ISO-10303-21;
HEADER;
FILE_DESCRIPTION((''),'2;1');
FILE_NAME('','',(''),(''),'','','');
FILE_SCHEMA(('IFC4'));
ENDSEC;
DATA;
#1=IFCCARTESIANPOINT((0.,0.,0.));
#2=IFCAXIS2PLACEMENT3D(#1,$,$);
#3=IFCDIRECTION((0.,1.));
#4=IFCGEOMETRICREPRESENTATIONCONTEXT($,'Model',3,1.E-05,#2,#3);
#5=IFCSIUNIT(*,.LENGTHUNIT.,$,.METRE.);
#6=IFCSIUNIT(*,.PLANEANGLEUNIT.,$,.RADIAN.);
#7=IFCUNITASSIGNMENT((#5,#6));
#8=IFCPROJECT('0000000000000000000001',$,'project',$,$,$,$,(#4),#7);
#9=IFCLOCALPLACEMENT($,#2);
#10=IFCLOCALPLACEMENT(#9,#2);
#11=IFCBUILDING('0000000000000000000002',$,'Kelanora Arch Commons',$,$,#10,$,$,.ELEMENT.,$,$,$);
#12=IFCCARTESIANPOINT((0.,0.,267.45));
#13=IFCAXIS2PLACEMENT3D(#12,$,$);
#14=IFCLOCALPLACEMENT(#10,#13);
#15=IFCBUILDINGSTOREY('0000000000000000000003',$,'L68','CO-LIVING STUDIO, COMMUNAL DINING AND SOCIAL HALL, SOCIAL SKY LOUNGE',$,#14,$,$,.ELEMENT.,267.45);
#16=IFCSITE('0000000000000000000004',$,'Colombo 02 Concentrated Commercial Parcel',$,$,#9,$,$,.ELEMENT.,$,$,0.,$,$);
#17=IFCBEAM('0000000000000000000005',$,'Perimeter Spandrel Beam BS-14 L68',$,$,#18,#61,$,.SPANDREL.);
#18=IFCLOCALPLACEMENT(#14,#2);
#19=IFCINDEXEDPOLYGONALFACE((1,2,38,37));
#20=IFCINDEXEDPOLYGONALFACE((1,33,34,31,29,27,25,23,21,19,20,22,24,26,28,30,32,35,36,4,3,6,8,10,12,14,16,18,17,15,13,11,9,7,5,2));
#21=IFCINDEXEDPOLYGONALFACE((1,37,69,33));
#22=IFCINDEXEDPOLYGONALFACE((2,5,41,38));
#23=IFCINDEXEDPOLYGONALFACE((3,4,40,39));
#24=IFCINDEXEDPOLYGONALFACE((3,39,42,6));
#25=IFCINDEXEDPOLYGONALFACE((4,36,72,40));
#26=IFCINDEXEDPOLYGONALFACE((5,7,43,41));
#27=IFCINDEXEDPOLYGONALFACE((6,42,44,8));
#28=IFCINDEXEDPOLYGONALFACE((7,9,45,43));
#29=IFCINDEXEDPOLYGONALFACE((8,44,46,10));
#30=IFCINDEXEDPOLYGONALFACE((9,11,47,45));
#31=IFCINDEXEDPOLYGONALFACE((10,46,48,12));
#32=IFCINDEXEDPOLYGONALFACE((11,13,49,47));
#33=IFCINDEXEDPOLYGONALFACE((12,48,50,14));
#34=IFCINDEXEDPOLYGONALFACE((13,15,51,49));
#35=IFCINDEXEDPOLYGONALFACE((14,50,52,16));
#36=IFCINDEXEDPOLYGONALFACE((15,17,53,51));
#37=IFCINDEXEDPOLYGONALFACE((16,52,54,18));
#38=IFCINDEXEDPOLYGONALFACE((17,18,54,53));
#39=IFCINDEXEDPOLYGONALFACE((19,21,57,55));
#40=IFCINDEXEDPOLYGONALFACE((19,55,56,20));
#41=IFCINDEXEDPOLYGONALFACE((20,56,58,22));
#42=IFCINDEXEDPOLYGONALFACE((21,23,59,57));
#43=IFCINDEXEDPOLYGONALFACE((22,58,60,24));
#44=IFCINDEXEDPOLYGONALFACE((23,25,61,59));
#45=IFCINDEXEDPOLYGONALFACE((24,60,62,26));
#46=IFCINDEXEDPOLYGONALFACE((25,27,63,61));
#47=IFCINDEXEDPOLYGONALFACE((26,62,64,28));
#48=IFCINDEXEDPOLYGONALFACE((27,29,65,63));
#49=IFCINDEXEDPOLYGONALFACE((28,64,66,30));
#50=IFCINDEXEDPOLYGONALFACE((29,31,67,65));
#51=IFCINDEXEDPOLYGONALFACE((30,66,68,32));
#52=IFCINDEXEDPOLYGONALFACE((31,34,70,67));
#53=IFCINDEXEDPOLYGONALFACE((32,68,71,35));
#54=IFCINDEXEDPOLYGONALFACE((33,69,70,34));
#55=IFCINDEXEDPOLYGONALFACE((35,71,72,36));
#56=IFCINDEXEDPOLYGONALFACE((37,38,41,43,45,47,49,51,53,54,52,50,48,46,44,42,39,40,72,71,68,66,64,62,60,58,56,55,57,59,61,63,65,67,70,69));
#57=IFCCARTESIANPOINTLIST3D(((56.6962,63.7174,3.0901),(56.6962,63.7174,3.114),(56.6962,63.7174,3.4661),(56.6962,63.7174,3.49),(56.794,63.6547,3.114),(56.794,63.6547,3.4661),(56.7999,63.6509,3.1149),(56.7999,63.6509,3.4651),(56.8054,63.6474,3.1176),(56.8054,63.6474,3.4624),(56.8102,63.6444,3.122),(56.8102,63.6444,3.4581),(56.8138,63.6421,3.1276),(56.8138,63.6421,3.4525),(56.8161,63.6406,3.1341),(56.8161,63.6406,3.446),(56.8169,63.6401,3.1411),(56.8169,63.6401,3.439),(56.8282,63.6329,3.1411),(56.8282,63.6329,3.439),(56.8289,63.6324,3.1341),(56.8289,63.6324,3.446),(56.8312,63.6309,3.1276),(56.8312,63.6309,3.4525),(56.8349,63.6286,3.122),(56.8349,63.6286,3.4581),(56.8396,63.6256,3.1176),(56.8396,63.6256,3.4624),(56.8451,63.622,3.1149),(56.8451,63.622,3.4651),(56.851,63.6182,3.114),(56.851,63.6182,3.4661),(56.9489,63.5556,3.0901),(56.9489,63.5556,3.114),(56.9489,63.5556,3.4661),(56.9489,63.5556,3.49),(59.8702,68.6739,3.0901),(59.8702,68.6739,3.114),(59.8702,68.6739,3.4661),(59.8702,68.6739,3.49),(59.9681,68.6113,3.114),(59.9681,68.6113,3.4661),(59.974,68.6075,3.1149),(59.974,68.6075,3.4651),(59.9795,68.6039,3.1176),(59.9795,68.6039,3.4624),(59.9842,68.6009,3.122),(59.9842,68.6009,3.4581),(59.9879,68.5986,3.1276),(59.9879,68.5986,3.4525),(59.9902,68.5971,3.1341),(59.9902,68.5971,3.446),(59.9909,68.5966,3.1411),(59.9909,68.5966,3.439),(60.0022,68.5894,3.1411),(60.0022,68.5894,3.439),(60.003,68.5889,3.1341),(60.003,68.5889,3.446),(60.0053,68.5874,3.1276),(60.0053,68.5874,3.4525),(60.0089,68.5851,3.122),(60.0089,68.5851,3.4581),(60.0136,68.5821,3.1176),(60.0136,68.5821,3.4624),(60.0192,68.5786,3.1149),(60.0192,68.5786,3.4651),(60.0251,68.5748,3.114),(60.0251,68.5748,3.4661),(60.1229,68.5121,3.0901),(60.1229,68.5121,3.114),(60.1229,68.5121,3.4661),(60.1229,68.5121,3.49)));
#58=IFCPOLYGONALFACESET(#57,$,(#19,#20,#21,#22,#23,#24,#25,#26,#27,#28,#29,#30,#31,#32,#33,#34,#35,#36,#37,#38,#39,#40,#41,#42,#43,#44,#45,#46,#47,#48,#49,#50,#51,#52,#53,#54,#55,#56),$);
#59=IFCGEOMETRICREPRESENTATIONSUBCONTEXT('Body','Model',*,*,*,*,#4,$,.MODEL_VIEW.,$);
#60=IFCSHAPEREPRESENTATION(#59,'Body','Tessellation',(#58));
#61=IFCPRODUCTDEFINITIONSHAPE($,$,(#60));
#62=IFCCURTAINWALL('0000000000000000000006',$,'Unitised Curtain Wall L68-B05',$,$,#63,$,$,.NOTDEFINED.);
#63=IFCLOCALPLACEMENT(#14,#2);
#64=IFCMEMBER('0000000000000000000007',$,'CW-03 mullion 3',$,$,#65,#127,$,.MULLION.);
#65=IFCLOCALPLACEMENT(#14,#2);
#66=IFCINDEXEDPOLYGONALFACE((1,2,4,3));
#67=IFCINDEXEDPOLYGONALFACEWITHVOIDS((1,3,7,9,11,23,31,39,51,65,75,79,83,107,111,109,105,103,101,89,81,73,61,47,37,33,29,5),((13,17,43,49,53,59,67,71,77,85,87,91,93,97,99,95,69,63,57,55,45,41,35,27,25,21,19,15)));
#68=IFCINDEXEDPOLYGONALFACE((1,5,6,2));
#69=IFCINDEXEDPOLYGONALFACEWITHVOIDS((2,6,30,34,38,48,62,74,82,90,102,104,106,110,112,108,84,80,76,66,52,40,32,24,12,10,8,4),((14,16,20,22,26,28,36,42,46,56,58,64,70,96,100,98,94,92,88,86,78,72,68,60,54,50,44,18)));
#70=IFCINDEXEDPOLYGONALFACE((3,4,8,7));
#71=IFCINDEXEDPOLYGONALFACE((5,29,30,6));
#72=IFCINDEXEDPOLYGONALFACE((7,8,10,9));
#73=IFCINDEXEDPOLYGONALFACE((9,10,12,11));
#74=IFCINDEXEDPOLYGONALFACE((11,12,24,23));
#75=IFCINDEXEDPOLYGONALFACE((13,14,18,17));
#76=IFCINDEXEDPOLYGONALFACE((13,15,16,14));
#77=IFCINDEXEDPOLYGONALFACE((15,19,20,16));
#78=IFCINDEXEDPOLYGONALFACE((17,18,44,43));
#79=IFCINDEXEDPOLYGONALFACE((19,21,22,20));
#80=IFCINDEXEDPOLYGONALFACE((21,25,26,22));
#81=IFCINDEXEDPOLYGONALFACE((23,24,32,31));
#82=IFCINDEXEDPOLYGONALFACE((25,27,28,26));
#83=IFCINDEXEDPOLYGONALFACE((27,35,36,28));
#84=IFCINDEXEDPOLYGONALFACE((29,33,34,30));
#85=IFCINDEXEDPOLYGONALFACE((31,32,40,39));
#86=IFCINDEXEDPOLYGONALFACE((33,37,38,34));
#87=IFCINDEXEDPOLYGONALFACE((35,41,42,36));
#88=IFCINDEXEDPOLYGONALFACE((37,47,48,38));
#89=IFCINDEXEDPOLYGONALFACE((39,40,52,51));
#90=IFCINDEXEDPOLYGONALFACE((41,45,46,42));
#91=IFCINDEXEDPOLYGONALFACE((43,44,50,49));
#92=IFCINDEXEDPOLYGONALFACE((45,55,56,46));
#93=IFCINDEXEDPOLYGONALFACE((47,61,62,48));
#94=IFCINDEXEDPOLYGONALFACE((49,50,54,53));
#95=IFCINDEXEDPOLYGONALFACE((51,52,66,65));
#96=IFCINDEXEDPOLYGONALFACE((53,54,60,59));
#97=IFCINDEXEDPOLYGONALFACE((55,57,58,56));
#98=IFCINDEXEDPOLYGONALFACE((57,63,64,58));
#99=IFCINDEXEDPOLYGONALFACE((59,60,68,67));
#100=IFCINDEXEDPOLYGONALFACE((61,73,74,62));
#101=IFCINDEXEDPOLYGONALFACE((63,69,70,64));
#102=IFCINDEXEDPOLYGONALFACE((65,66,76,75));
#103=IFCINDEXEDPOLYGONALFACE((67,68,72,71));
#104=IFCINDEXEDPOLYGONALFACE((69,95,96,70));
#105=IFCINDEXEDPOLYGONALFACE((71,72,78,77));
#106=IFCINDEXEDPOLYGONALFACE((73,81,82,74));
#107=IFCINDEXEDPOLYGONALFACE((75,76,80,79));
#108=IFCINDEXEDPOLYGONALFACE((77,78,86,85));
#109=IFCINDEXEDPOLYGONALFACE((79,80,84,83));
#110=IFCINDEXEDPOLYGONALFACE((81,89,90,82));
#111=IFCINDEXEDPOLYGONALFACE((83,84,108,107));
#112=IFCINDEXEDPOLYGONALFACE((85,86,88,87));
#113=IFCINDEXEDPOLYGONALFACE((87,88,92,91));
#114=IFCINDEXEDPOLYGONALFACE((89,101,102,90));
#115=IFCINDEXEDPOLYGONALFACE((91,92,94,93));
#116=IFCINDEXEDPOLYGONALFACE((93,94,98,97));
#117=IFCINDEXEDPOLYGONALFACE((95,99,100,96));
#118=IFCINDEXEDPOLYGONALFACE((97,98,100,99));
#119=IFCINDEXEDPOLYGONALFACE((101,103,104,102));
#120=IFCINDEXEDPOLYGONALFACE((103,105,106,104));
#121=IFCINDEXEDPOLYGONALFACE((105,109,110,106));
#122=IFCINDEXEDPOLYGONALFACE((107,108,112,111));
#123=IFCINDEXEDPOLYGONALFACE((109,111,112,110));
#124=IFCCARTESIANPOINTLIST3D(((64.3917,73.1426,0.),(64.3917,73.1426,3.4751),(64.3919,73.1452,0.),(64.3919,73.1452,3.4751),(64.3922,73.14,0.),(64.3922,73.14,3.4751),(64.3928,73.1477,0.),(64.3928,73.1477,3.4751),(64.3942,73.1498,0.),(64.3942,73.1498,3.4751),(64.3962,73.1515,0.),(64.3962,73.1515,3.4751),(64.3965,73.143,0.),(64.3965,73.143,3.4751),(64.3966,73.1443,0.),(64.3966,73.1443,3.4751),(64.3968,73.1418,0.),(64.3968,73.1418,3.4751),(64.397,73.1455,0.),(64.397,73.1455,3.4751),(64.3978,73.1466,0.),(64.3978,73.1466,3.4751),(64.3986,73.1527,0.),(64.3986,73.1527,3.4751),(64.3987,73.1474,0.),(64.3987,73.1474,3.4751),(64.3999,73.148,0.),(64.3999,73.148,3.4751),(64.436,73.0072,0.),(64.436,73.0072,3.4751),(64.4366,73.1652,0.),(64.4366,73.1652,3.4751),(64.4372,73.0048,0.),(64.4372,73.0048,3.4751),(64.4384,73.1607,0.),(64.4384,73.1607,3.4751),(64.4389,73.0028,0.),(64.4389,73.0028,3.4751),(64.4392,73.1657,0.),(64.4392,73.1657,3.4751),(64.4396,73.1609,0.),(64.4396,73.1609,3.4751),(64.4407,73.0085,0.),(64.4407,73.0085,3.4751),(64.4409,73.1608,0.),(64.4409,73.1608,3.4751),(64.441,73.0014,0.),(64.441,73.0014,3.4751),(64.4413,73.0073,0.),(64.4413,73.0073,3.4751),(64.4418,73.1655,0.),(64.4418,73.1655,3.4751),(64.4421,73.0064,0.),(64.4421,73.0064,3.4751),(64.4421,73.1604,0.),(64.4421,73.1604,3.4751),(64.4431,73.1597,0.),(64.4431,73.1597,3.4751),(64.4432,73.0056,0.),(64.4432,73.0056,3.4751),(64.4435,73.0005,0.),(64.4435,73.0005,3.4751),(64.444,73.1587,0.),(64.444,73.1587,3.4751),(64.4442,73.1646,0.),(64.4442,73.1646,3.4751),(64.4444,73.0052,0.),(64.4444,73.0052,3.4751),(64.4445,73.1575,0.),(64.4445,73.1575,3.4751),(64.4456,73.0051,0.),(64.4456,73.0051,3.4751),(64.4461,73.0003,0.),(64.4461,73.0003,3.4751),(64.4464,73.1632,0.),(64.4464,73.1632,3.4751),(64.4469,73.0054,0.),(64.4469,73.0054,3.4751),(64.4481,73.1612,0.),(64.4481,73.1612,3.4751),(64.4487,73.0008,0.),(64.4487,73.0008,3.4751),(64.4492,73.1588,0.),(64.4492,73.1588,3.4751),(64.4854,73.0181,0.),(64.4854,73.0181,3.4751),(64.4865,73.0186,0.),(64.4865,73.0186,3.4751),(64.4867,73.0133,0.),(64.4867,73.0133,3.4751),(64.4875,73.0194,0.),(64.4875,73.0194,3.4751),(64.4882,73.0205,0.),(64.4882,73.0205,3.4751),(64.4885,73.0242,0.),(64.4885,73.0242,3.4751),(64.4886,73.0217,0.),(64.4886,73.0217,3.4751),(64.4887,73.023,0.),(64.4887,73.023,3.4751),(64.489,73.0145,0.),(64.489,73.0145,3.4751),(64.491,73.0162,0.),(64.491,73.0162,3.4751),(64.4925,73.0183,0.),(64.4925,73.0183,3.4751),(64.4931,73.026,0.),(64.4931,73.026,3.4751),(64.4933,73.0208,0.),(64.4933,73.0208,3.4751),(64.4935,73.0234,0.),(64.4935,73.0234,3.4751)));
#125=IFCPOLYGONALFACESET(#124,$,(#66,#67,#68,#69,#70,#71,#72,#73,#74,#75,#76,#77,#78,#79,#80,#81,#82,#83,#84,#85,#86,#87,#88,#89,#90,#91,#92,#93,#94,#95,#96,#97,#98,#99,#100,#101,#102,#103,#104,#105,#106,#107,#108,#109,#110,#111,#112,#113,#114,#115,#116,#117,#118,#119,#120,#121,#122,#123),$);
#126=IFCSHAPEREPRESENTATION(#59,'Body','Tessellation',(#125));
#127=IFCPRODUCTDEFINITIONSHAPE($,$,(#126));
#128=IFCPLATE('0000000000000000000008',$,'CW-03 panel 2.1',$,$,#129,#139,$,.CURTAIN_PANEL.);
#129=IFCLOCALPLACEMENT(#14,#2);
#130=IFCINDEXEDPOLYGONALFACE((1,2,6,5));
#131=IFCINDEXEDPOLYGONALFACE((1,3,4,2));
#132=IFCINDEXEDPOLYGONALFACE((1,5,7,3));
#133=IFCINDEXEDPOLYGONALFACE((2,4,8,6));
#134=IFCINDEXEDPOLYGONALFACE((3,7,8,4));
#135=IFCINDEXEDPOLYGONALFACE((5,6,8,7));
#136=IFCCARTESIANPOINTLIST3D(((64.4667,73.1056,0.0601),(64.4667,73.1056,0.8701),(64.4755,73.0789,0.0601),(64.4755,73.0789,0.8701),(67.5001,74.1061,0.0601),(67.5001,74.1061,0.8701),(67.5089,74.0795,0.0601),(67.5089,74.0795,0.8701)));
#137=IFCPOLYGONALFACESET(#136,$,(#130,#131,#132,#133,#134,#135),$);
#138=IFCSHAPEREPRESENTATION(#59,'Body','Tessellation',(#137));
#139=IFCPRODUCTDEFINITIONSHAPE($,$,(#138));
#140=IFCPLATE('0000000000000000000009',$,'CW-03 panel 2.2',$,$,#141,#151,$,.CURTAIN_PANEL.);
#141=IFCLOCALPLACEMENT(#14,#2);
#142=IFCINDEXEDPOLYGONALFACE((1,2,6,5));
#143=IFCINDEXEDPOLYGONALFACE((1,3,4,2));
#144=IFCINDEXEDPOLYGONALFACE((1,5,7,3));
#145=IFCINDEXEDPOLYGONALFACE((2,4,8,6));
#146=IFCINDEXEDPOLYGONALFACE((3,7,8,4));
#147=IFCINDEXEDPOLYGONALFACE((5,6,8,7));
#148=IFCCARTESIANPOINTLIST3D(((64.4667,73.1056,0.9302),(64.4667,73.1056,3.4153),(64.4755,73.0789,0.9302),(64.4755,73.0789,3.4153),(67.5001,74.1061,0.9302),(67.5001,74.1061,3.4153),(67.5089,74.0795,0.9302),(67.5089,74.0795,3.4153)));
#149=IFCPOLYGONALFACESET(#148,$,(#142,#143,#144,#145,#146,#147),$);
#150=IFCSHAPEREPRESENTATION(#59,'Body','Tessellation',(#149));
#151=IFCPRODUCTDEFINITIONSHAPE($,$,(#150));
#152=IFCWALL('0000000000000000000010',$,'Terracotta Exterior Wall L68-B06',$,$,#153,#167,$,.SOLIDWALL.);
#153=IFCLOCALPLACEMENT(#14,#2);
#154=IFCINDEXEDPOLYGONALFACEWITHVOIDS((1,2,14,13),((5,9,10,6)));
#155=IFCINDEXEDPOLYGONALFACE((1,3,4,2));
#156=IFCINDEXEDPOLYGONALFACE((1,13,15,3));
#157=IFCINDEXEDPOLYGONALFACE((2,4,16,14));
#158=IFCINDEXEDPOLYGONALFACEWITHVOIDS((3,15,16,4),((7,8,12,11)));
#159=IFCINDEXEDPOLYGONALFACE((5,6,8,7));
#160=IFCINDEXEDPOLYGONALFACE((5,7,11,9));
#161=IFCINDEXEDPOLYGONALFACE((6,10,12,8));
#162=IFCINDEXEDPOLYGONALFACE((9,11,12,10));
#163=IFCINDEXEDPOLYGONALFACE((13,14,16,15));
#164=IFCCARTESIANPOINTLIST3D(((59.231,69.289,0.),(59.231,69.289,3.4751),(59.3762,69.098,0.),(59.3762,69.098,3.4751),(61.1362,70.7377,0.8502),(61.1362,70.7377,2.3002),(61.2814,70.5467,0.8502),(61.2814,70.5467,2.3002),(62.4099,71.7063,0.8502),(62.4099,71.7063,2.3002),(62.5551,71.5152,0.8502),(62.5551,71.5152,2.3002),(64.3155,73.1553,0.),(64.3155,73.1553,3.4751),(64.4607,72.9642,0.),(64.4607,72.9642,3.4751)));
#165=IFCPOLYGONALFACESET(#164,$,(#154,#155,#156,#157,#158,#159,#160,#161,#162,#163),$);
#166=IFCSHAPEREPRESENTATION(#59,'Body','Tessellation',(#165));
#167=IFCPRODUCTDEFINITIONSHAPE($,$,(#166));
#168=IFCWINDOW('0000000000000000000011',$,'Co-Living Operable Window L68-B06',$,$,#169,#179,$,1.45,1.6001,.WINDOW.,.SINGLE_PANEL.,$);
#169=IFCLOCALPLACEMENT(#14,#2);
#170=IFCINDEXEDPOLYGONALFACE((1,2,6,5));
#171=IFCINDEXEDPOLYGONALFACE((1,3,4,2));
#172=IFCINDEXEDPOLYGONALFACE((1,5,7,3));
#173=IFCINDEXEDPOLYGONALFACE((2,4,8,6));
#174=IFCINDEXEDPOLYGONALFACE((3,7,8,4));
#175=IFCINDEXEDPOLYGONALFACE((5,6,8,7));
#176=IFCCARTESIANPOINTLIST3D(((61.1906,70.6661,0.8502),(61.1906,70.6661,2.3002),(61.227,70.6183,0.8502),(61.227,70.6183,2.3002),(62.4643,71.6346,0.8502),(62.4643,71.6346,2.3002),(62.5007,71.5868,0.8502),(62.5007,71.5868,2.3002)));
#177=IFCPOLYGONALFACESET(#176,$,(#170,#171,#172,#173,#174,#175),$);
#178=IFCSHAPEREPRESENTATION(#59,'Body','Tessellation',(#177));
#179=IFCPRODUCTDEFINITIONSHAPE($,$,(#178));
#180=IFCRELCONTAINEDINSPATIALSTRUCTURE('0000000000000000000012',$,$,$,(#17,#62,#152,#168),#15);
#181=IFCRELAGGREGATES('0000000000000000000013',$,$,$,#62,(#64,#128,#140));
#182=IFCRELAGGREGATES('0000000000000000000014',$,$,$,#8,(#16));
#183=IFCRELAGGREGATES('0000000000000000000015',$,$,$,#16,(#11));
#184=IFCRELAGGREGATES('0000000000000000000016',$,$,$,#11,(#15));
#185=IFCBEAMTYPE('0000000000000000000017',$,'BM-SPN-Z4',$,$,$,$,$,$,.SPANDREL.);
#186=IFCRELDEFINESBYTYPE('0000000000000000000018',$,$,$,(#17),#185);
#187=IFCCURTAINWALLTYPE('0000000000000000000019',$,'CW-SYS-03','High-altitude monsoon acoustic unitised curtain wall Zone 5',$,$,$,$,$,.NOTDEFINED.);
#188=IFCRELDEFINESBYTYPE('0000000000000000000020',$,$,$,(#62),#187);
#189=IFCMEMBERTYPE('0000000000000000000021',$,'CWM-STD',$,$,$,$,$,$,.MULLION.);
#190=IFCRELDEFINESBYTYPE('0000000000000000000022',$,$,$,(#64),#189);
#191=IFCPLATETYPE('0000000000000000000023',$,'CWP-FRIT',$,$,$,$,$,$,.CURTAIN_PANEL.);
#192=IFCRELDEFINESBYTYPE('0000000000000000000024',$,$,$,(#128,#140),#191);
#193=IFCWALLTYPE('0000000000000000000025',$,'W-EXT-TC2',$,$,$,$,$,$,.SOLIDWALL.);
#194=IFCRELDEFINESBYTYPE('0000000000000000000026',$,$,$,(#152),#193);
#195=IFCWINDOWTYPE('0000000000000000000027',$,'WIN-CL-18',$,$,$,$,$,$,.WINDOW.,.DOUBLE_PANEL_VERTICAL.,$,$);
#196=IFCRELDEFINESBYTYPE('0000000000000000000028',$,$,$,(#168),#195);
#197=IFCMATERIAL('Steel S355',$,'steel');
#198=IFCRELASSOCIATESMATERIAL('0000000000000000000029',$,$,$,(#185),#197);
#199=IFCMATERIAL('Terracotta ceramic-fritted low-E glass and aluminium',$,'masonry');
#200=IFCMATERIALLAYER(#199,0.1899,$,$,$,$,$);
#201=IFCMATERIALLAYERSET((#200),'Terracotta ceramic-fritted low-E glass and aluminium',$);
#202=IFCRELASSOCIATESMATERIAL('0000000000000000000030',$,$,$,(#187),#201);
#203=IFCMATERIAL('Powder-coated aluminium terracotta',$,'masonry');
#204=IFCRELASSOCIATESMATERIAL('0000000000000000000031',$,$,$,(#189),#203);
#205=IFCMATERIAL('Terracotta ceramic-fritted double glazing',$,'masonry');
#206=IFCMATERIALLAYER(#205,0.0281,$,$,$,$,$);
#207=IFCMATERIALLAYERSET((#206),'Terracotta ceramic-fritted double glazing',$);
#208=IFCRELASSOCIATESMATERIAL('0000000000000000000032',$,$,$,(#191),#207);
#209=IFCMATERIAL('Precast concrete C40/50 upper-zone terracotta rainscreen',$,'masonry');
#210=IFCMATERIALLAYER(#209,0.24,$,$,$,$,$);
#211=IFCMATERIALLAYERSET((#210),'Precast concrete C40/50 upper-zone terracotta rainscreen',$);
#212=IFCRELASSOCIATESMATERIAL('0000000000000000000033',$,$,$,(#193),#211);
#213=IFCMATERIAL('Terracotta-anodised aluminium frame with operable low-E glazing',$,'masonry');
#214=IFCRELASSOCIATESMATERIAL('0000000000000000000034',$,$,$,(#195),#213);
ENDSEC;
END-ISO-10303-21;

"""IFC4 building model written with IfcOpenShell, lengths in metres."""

from ifc_helpers import new_model, si_unit, direction, frame, frame_2d, origin, origin_2d, place, context, subcontext, project, spatial, rectangle, hollow_rectangle, i_section, extrude, source, transform, mapped, material, layer, layer_set, material_profile, profile_set, type_object, element, fill, aggregate, save


model = new_model("IFC4")

# Units and contexts
model_context = context("Model", 3, precision=1e-05, world=origin(), true_north=direction((0.0, 1.0)))
body_context = subcontext(model_context, "Body", "Model", "MODEL_VIEW")
ifc_project = project(units=[si_unit("LENGTHUNIT", "METRE"), si_unit("PLANEANGLEUNIT", "RADIAN")], contexts=[model_context])

# Site, building, storey
site_placement = place(None, origin())
site = spatial("IfcSite", under=ifc_project, at=site_placement, Name="Colombo 02 Concentrated Commercial Parcel", CompositionType="ELEMENT", RefElevation=0.0)
building_placement = place(site_placement, origin())
building = spatial("IfcBuilding", under=site, at=building_placement, Name="Kelanora Arch Commons", CompositionType="ELEMENT")
storey_placement = place(building_placement, frame((0.0, 0.0, 267.45)))
storey = spatial("IfcBuildingStorey", under=building, at=storey_placement, Name="L68", Description="CO-LIVING STUDIO, COMMUNAL DINING AND SOCIAL HALL, SOCIAL SKY LOUNGE", CompositionType="ELEMENT", Elevation=267.45)

# Beam
ifc_material_1 = material(Name="Steel S355", Category="steel")
ifc_material_profile_1 = material_profile(ifc_material_1, i_section(OverallWidth=0.3, OverallDepth=0.3999, WebThickness=0.0134, FlangeThickness=0.0239, FilletRadius=0.0271, at=origin_2d()), Name="HEB400")
ifc_profile_set_1 = profile_set([ifc_material_profile_1], Name="Steel S355")
beam_type_1 = type_object("IfcBeamType", Name="BM-SPN-Z4", PredefinedType="SPANDREL", material=ifc_profile_set_1)
beam_1_placement = place(storey_placement, frame((59.9966, 68.593, 3.29), z_axis=(-0.539281, -0.842126, 0.0), x_axis=(0.842126, -0.539281, 0.0)))
element("IfcBeam", 1, at=beam_1_placement, inside=storey, type_object=beam_type_1, Name="Perimeter Spandrel Beam BS-14 L68", PredefinedType="SPANDREL", context=body_context, shape_type="SweptSolid", body=[
    extrude(i_section(OverallWidth=0.3, OverallDepth=0.3999, WebThickness=0.0134, FlangeThickness=0.0239, FilletRadius=0.0271, at=origin_2d()), origin(), (0.0, 0.0, 1.0), 5.8857),
])

# Curtain wall, member, plates
ifc_material_2 = material(Name="Terracotta ceramic-fritted low-E glass and aluminium", Category="masonry")
ifc_layer_1 = layer(ifc_material_2, 0.1899)
ifc_layer_set_1 = layer_set([ifc_layer_1], Name="Terracotta ceramic-fritted low-E glass and aluminium")
curtain_wall_type = type_object("IfcCurtainWallType", Name="CW-SYS-03", Description="High-altitude monsoon acoustic unitised curtain wall Zone 5", PredefinedType="NOTDEFINED", material=ifc_layer_set_1)
curtain_wall_placement = place(storey_placement, origin())
curtain_wall = element("IfcCurtainWall", 2, at=curtain_wall_placement, inside=storey, type_object=curtain_wall_type, Name="Unitised Curtain Wall L68-B05", PredefinedType="NOTDEFINED")
ifc_material_3 = material(Name="Powder-coated aluminium terracotta", Category="masonry")
ifc_material_profile_2 = material_profile(ifc_material_3, hollow_rectangle(XDim=0.1599, YDim=0.0601, WallThickness=0.0049, InnerFilletRadius=0.0049, OuterFilletRadius=0.01, at=origin_2d()), Name="CWM160x60")
ifc_profile_set_2 = profile_set([ifc_material_profile_2], Name="Powder-coated aluminium terracotta")
member_type = type_object("IfcMemberType", Name="CWM-STD", PredefinedType="MULLION", material=ifc_profile_set_2)
member_placement = place(storey_placement, frame((64.4426, 73.083, 0.0), z_axis=(0.0, 0.0, 1.0), x_axis=(0.313253, -0.94967, 0.0)))
member = element("IfcMember", 3, at=member_placement, type_object=member_type, Name="CW-03 mullion 3", PredefinedType="MULLION", context=body_context, shape_type="SweptSolid", body=[
    extrude(hollow_rectangle(XDim=0.1599, YDim=0.0601, WallThickness=0.0049, InnerFilletRadius=0.0049, OuterFilletRadius=0.01, at=origin_2d()), origin(), (0.0, 0.0, 1.0), 3.4751),
])
ifc_material_4 = material(Name="Terracotta ceramic-fritted double glazing", Category="masonry")
ifc_layer_2 = layer(ifc_material_4, 0.0281)
ifc_layer_set_2 = layer_set([ifc_layer_2], Name="Terracotta ceramic-fritted double glazing")
plate_type = type_object("IfcPlateType", Name="CWP-FRIT", PredefinedType="CURTAIN_PANEL", material=ifc_layer_set_2)
shared_shape_1 = source(origin(), body_context, "Body", "SweptSolid", [
    extrude(rectangle(XDim=3.1941, YDim=0.0281, at=origin_2d()), origin(), (0.0, 0.0, 1.0), 0.8101),
])
plate_1_placement = place(storey_placement, frame((65.9878, 73.5925, 0.0601), z_axis=(0.0, 0.0, 1.0), x_axis=(-0.94967, -0.313253, 0.0)))
plate_1 = element("IfcPlate", 4, at=plate_1_placement, type_object=plate_type, Name="CW-03 panel 2.1", PredefinedType="CURTAIN_PANEL", context=body_context, shape_type="MappedRepresentation", body=[
    mapped(shared_shape_1, transform((0.0, 0.0, 0.0), scale=1.0)),
])
shared_shape_2 = source(origin(), body_context, "Body", "SweptSolid", [
    extrude(rectangle(XDim=3.1941, YDim=0.0281, at=origin_2d()), origin(), (0.0, 0.0, 1.0), 2.4851),
])
plate_2_placement = place(storey_placement, frame((65.9878, 73.5925, 0.9302), z_axis=(0.0, 0.0, 1.0), x_axis=(-0.94967, -0.313253, 0.0)))
plate_2 = element("IfcPlate", 5, at=plate_2_placement, type_object=plate_type, Name="CW-03 panel 2.2", PredefinedType="CURTAIN_PANEL", context=body_context, shape_type="MappedRepresentation", body=[
    mapped(shared_shape_2, transform((0.0, 0.0, 0.0), scale=1.0)),
])
aggregate(curtain_wall, [member, plate_1, plate_2])

# Wall, opening, window
ifc_material_5 = material(Name="Precast concrete C40/50 upper-zone terracotta rainscreen", Category="masonry")
ifc_layer_3 = layer(ifc_material_5, 0.24)
ifc_layer_set_3 = layer_set([ifc_layer_3], Name="Precast concrete C40/50 upper-zone terracotta rainscreen")
wall_type_1 = type_object("IfcWallType", Name="W-EXT-TC2", PredefinedType="SOLIDWALL", material=ifc_layer_set_3)
wall_1_placement = place(storey_placement, frame((64.3882, 73.0598, 0.0), z_axis=(0.0, 0.0, 1.0), x_axis=(-0.79601, -0.605283, 0.0)))
wall_1 = element("IfcWall", 6, at=wall_1_placement, inside=storey, type_object=wall_type_1, Name="Terracotta Exterior Wall L68-B06", PredefinedType="SOLIDWALL", context=body_context, shape_type="SweptSolid", body=[
    extrude(rectangle(XDim=6.3875, YDim=0.24, at=frame_2d((3.1938, 0.0))), origin(), (0.0, 0.0, 1.0), 3.4751),
])
opening_1_placement = place(wall_1_placement, frame((2.394, 0.0, 0.8501)))
opening_1 = element("IfcOpeningElement", 7, at=opening_1_placement, cuts=wall_1, PredefinedType="OPENING", context=body_context, shape_type="SweptSolid", body=[
    extrude(rectangle(XDim=1.6001, YDim=1.45, at=frame_2d((0.8, 0.7251))), frame((0.0, 0.1299, 0.0), z_axis=(0.0, -1.0, 0.0), x_axis=(1.0, 0.0, 0.0)), (0.0, 0.0, 1.0), 0.26),
])
ifc_material_6 = material(Name="Terracotta-anodised aluminium frame with operable low-E glazing", Category="masonry")
window_type_1 = type_object("IfcWindowType", Name="WIN-CL-18", PartitioningType="DOUBLE_PANEL_VERTICAL", PredefinedType="WINDOW", material=ifc_material_6)
window_1_placement = place(opening_1_placement, origin())
window_1 = element("IfcWindow", 8, at=window_1_placement, inside=storey, type_object=window_type_1, Name="Co-Living Operable Window L68-B06", OverallHeight=1.45, OverallWidth=1.6001, PartitioningType="SINGLE_PANEL", PredefinedType="WINDOW", context=body_context, shape_type="SweptSolid", body=[
    extrude(rectangle(XDim=1.6001, YDim=1.45, at=frame_2d((0.8, 0.7251))), frame((0.0, 0.03, 0.0), z_axis=(0.0, -1.0, 0.0), x_axis=(1.0, 0.0, 0.0)), (0.0, 0.0, 1.0), 0.0601),
])
fill(opening_1, window_1)

save(model, "model.ifc")
